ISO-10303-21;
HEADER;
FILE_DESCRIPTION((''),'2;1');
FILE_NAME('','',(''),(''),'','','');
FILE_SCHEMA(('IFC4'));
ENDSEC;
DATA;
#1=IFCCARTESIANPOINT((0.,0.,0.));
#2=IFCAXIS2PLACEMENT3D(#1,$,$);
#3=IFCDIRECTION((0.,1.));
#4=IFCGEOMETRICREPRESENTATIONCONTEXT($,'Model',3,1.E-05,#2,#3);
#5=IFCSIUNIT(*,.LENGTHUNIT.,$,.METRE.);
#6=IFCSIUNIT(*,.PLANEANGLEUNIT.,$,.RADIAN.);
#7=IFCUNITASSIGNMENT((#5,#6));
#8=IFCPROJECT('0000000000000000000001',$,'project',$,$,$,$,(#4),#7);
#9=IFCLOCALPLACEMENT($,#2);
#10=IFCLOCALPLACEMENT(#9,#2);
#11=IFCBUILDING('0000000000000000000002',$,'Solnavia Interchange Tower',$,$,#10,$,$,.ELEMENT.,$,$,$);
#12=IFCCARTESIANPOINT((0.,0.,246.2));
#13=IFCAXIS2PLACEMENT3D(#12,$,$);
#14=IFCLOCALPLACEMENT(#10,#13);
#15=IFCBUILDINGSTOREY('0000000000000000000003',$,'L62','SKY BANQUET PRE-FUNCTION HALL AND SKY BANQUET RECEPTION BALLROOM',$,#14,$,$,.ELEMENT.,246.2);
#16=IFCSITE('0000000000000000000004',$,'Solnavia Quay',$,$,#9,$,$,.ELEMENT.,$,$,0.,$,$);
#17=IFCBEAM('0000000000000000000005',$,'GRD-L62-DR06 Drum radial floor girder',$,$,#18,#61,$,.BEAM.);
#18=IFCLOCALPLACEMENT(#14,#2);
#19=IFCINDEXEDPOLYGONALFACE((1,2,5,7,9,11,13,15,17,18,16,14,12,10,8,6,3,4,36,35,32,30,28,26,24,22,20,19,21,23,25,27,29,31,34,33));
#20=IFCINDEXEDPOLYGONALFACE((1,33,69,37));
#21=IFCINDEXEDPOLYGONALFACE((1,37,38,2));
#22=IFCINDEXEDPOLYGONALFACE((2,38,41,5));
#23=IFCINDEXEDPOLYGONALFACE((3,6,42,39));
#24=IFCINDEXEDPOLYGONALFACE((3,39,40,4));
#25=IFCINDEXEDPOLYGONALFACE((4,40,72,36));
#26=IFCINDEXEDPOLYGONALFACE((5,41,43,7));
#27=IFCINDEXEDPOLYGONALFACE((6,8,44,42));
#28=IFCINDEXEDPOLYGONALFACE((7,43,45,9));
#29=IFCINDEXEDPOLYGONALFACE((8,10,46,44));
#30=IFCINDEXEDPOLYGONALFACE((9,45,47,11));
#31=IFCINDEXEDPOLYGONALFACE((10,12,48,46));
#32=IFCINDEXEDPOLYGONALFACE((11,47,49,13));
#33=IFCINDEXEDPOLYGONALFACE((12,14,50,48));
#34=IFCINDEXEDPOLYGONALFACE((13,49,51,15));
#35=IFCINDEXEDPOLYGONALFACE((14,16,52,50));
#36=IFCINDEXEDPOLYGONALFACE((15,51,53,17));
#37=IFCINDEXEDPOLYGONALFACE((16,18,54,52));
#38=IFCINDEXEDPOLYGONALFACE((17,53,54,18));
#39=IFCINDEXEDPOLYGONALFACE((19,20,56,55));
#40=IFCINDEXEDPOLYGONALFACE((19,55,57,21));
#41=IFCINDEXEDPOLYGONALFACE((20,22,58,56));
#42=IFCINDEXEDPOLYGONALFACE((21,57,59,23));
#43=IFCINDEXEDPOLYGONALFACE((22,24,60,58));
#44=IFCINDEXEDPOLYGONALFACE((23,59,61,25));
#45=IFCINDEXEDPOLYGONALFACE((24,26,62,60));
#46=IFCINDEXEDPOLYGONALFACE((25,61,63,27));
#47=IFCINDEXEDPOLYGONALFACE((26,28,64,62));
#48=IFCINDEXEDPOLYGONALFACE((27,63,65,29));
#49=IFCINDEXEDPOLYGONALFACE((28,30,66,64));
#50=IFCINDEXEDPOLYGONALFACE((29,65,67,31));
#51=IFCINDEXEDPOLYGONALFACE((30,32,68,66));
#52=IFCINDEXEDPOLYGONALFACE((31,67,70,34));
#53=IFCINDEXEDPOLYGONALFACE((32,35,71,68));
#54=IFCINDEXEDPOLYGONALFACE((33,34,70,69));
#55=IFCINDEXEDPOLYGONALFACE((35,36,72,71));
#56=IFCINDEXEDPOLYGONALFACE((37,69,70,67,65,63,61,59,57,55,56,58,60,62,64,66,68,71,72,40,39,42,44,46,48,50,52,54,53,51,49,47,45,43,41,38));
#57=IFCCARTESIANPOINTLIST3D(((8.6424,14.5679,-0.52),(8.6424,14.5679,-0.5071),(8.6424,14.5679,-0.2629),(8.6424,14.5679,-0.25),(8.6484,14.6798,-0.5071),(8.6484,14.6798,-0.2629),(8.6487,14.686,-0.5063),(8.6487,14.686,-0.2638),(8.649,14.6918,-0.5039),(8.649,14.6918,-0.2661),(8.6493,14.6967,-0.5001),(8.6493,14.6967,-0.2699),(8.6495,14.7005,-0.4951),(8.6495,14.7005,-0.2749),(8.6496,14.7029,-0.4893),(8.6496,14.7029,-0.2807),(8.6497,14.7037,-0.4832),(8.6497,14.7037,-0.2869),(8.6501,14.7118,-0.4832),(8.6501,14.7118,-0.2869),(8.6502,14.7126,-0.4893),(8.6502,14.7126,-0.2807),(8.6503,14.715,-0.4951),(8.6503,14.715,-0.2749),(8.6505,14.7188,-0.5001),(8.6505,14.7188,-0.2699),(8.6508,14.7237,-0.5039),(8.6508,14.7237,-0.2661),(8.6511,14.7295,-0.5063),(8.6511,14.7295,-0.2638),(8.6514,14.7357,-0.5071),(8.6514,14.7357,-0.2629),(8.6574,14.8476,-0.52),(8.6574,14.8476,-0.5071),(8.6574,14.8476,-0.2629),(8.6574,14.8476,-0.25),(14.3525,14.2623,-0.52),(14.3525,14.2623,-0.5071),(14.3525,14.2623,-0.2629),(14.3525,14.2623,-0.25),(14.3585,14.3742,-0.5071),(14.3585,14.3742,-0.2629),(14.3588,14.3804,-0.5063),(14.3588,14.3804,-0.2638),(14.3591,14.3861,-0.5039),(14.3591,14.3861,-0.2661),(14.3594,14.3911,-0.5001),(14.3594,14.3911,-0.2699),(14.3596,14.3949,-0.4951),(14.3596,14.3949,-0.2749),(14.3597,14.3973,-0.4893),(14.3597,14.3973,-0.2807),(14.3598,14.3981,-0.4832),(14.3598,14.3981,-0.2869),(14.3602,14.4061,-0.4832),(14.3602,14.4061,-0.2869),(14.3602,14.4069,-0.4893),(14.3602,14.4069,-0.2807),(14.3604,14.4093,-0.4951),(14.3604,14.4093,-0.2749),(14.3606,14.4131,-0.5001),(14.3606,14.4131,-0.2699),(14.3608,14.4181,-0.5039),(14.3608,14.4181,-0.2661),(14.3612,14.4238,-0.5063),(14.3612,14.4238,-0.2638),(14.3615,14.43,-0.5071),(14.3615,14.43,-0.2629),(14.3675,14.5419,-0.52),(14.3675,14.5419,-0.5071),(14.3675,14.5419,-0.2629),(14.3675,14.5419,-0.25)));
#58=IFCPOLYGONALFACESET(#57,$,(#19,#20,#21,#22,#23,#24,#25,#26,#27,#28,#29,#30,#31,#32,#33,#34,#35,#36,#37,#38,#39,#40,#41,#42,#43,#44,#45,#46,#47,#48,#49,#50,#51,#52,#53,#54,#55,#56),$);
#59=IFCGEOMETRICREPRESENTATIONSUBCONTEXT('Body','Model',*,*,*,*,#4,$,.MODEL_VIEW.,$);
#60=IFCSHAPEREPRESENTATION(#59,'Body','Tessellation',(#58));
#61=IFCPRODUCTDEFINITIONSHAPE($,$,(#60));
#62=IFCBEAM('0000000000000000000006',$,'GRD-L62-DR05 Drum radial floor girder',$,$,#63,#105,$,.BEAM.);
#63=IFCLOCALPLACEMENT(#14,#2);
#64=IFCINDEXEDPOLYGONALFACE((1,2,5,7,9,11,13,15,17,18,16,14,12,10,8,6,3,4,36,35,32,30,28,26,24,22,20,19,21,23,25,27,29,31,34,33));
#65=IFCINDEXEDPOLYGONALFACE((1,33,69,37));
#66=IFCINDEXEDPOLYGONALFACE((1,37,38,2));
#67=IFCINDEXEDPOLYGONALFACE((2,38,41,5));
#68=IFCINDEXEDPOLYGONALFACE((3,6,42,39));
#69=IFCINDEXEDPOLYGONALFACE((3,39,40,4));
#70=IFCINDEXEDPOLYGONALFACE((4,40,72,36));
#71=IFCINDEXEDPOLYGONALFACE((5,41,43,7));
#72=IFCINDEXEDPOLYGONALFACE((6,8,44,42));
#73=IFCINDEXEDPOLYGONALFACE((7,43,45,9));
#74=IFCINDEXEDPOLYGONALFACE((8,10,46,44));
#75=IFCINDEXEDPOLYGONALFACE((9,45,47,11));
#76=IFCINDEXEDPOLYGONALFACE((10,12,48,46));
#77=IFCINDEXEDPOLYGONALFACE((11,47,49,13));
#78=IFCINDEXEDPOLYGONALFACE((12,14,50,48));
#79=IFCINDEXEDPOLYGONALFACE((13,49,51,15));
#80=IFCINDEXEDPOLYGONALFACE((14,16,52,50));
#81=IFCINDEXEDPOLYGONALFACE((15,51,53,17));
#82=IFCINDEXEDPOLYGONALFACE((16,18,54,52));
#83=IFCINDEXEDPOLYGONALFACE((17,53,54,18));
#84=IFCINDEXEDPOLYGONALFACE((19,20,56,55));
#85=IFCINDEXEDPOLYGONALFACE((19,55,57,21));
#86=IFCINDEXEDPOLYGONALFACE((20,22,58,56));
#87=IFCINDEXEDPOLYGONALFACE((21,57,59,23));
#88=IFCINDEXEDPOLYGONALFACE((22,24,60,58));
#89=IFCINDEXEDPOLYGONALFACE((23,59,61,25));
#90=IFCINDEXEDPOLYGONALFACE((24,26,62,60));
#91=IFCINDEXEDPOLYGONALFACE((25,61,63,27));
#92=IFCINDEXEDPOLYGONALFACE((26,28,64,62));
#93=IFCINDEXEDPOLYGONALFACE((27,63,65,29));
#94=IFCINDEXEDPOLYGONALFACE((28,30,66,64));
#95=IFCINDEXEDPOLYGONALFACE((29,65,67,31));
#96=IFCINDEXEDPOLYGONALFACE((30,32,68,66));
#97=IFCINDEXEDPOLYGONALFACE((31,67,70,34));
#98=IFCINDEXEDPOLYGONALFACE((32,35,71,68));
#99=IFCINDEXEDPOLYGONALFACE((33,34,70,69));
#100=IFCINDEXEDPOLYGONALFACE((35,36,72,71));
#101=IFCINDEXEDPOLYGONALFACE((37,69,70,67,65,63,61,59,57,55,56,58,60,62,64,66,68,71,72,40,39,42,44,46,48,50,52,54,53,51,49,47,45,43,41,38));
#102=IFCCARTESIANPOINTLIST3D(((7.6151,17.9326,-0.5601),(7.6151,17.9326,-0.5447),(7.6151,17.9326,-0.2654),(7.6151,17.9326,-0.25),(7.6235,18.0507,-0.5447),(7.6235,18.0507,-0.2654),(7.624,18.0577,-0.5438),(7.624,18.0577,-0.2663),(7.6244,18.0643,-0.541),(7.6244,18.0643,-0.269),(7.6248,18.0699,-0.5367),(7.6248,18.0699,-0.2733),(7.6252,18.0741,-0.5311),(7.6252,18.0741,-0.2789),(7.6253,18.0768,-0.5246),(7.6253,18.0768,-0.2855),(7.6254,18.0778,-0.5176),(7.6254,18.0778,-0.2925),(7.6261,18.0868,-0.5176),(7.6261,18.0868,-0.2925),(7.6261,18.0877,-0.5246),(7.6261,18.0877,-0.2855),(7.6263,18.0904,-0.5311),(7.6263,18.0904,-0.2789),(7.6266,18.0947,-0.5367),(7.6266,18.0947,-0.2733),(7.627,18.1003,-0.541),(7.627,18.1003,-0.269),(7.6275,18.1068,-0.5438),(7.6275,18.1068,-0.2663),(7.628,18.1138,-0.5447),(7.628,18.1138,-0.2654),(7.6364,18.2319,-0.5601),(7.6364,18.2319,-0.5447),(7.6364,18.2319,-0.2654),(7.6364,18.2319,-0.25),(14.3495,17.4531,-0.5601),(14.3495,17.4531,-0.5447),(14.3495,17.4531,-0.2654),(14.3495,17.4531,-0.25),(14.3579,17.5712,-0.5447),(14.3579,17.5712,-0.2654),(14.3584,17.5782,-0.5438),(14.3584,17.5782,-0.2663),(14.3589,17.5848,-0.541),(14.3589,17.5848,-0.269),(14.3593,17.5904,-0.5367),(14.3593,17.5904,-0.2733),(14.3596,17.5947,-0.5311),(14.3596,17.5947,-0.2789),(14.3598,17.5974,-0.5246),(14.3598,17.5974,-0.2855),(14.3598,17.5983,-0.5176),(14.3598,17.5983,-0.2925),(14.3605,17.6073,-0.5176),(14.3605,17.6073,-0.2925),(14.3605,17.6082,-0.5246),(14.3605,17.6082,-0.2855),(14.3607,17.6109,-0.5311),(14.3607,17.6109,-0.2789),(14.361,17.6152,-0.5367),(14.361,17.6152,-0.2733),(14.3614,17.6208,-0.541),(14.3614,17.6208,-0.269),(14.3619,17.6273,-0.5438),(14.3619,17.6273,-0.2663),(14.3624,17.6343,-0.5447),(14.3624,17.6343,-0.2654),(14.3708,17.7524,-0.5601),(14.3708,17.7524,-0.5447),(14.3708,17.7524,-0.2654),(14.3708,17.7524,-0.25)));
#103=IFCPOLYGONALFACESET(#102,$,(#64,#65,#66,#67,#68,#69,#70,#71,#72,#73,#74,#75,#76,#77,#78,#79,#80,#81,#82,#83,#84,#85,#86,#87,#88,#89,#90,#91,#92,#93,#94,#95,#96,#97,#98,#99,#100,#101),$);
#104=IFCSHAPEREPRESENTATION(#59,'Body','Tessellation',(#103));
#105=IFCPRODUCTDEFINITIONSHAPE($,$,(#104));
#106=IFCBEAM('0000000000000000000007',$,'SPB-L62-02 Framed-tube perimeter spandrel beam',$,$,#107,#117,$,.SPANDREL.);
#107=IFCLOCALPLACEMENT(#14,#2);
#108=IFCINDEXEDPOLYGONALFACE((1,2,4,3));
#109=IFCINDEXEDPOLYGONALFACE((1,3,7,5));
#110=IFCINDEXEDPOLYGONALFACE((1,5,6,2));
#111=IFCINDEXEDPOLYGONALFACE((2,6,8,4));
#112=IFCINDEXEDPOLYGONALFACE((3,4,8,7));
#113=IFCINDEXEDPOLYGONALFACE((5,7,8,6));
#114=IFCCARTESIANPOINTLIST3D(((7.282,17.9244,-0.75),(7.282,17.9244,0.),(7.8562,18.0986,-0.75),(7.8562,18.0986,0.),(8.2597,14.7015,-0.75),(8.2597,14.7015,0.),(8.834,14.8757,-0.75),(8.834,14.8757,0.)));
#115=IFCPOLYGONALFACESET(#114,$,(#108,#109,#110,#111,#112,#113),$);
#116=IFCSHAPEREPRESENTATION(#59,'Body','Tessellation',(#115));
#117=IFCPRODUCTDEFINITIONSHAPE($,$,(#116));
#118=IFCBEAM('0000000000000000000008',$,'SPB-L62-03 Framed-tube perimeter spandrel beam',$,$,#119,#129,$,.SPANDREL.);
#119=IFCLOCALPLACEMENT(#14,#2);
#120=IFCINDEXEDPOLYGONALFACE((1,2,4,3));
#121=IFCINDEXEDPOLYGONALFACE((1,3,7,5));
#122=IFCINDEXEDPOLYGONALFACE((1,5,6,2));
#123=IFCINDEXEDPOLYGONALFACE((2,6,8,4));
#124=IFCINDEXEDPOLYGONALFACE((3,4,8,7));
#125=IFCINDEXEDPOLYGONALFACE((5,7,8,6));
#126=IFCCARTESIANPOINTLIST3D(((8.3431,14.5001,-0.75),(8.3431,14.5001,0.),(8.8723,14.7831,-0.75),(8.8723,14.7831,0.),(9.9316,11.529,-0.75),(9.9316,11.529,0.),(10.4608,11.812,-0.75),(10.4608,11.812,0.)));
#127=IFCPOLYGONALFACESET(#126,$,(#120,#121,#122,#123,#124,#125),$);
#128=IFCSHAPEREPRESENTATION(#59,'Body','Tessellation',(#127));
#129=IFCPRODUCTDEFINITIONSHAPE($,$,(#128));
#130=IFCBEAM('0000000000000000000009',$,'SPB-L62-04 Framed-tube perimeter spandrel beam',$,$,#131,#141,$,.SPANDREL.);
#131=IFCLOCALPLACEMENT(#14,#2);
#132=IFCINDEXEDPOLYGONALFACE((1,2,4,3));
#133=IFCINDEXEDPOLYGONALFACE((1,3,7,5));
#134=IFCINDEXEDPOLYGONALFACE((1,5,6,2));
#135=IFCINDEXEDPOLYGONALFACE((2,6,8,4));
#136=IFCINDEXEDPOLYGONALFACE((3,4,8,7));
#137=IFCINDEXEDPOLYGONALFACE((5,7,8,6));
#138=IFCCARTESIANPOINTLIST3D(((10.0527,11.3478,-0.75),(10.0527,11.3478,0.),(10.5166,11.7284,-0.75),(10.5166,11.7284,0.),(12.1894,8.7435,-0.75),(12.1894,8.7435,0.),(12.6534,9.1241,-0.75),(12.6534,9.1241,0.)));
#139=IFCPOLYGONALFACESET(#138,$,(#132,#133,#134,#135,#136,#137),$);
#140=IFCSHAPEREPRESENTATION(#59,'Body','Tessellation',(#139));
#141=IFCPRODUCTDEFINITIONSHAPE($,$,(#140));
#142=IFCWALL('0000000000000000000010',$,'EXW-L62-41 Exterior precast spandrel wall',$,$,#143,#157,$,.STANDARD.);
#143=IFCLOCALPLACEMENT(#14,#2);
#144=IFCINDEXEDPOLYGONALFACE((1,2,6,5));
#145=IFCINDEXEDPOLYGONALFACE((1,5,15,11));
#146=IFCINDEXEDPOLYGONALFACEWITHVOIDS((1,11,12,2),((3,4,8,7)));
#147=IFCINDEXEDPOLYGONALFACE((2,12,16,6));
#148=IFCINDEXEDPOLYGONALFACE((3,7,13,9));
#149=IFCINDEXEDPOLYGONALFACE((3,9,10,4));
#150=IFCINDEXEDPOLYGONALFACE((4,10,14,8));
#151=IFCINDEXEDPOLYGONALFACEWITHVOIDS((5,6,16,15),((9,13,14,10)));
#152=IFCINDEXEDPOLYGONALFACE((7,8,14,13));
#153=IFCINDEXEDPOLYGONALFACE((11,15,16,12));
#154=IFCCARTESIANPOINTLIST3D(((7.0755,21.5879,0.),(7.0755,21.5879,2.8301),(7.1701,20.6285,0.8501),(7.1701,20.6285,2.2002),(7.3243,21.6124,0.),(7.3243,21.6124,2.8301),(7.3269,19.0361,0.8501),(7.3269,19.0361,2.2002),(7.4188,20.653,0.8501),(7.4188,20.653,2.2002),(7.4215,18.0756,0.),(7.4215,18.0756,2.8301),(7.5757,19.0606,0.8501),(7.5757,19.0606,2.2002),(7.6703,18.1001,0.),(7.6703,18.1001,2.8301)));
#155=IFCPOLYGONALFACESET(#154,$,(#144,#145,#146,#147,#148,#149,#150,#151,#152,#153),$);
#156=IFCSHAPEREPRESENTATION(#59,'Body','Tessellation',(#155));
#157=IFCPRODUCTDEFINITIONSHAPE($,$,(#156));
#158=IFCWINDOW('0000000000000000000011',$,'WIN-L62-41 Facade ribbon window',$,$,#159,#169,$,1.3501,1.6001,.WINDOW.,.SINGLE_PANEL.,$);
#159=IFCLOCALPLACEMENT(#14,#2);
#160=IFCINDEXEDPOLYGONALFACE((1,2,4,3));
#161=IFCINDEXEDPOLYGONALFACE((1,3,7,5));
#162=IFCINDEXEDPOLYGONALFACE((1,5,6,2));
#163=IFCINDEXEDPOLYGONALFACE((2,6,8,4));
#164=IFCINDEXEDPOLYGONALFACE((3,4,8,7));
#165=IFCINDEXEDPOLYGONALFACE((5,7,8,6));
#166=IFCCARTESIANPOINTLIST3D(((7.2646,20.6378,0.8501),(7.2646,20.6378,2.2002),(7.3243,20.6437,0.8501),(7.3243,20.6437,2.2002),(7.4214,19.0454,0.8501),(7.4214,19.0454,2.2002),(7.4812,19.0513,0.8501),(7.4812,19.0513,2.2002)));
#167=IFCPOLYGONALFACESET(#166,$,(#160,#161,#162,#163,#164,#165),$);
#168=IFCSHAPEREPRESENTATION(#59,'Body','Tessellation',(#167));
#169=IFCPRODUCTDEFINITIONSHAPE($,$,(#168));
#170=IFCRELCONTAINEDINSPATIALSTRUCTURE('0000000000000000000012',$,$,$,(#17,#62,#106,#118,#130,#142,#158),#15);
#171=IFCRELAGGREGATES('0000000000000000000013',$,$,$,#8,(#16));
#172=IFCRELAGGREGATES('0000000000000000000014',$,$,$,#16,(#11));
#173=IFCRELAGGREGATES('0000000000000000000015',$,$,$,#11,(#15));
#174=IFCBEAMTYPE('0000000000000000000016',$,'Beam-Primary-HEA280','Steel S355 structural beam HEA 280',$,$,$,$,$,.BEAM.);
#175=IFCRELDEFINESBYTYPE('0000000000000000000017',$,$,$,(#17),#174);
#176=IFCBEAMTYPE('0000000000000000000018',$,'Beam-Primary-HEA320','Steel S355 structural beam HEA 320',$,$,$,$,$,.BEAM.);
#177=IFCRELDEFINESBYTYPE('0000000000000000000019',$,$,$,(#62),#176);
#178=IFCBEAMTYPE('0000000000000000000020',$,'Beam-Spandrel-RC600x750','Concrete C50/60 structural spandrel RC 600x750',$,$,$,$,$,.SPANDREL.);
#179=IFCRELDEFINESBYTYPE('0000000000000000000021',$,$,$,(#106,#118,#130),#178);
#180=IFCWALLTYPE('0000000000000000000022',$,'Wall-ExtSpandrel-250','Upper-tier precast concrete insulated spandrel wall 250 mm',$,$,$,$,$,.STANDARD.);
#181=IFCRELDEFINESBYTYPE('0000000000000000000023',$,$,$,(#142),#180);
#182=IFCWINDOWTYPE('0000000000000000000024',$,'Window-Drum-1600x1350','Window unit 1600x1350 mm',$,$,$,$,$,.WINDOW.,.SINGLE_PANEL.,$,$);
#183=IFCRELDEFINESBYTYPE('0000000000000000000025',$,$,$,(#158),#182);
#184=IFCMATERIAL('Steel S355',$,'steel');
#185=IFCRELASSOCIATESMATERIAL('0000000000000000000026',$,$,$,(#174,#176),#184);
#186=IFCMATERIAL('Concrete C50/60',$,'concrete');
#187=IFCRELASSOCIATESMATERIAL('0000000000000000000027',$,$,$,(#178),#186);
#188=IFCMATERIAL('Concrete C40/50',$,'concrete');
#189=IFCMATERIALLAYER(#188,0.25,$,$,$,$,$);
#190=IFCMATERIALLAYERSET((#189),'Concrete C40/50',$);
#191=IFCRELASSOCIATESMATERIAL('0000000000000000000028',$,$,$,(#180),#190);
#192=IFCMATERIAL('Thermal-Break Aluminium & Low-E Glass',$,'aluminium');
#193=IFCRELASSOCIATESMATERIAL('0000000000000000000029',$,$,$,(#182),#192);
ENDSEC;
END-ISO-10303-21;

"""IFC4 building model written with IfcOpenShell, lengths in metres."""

from ifc_helpers import new_model, si_unit, direction, frame, frame_2d, origin, origin_2d, place, context, subcontext, project, spatial, rectangle, i_section, extrude, material, layer, layer_set, material_profile, profile_set, type_object, element, fill, save


model = new_model("IFC4")

# Units and contexts
model_context = context("Model", 3, precision=1e-05, world=origin(), true_north=direction((0.0, 1.0)))
body_context = subcontext(model_context, "Body", "Model", "MODEL_VIEW")
ifc_project = project(units=[si_unit("LENGTHUNIT", "METRE"), si_unit("PLANEANGLEUNIT", "RADIAN")], contexts=[model_context])

# Site, building, storey
site_placement = place(None, origin())
site = spatial("IfcSite", under=ifc_project, at=site_placement, Name="Solnavia Quay", CompositionType="ELEMENT", RefElevation=0.0)
building_placement = place(site_placement, origin())
building = spatial("IfcBuilding", under=site, at=building_placement, Name="Solnavia Interchange Tower", CompositionType="ELEMENT")
storey_placement = place(building_placement, frame((0.0, 0.0, 246.2)))
storey = spatial("IfcBuildingStorey", under=building, at=storey_placement, Name="L62", Description="SKY BANQUET PRE-FUNCTION HALL AND SKY BANQUET RECEPTION BALLROOM", CompositionType="ELEMENT", Elevation=246.2)

# Shared definitions
ifc_material_1 = material(Name="Concrete C50/60", Category="concrete")

# Beams
ifc_material_2 = material(Name="Steel S355", Category="steel")
ifc_material_profile_1 = material_profile(ifc_material_2, i_section(OverallWidth=0.28, OverallDepth=0.27, WebThickness=0.0081, FlangeThickness=0.0129, FilletRadius=0.0239, at=origin_2d()), Name="HEA 280")
ifc_profile_set_1 = profile_set([ifc_material_profile_1], Name="Steel S355")
beam_type_1 = type_object("IfcBeamType", Name="Beam-Primary-HEA280", Description="Steel S355 structural beam HEA 280", PredefinedType="BEAM", material=ifc_profile_set_1)
beam_1_placement = place(storey_placement, frame((8.6499, 14.7078, -0.385), z_axis=(0.99857, -0.053453, 0.0), x_axis=(0.053453, 0.99857, 0.0)))
element("IfcBeam", 1, at=beam_1_placement, inside=storey, type_object=beam_type_1, Name="GRD-L62-DR06 Drum radial floor girder", PredefinedType="BEAM", context=body_context, shape_type="SweptSolid", body=[
    extrude(i_section(OverallWidth=0.28, OverallDepth=0.27, WebThickness=0.0081, FlangeThickness=0.0129, FilletRadius=0.0239, at=origin_2d()), origin(), (0.0, 0.0, 1.0), 5.7183),
])
ifc_material_profile_2 = material_profile(ifc_material_2, i_section(OverallWidth=0.3, OverallDepth=0.3101, WebThickness=0.009, FlangeThickness=0.0154, FilletRadius=0.0271, at=origin_2d()), Name="HEA 320")
ifc_profile_set_2 = profile_set([ifc_material_profile_2], Name="Steel S355")
beam_type_2 = type_object("IfcBeamType", Name="Beam-Primary-HEA320", Description="Steel S355 structural beam HEA 320", PredefinedType="BEAM", material=ifc_profile_set_2)
beam_2_placement = place(storey_placement, frame((7.6257, 18.0823, -0.405), z_axis=(0.997475, -0.071021, 0.0), x_axis=(0.071021, 0.997475, 0.0)))
element("IfcBeam", 2, at=beam_2_placement, inside=storey, type_object=beam_type_2, Name="GRD-L62-DR05 Drum radial floor girder", PredefinedType="BEAM", context=body_context, shape_type="SweptSolid", body=[
    extrude(i_section(OverallWidth=0.3, OverallDepth=0.3101, WebThickness=0.009, FlangeThickness=0.0154, FilletRadius=0.0271, at=origin_2d()), origin(), (0.0, 0.0, 1.0), 6.7515),
])
ifc_material_profile_3 = material_profile(ifc_material_1, rectangle(XDim=0.6001, YDim=0.75, at=origin_2d()), Name="RC 600x750")
ifc_profile_set_3 = profile_set([ifc_material_profile_3], Name="Concrete C50/60")
beam_type_3 = type_object("IfcBeamType", Name="Beam-Spandrel-RC600x750", Description="Concrete C50/60 structural spandrel RC 600x750", PredefinedType="SPANDREL", material=ifc_profile_set_3)
beam_3_placement = place(storey_placement, frame((7.5691, 18.0115, -0.375), z_axis=(0.290319, -0.95693, 0.0), x_axis=(0.95693, 0.290319, 0.0)))
element("IfcBeam", 3, at=beam_3_placement, inside=storey, type_object=beam_type_3, Name="SPB-L62-02 Framed-tube perimeter spandrel beam", PredefinedType="SPANDREL", context=body_context, shape_type="SweptSolid", body=[
    extrude(rectangle(XDim=0.6001, YDim=0.75, at=origin_2d()), origin(), (0.0, 0.0, 1.0), 3.3679),
])
beam_4_placement = place(storey_placement, frame((8.6077, 14.6416, -0.375), z_axis=(0.471509, -0.881861, 0.0), x_axis=(0.881861, 0.471509, 0.0)))
element("IfcBeam", 4, at=beam_4_placement, inside=storey, type_object=beam_type_3, Name="SPB-L62-03 Framed-tube perimeter spandrel beam", PredefinedType="SPANDREL", context=body_context, shape_type="SweptSolid", body=[
    extrude(rectangle(XDim=0.6001, YDim=0.75, at=origin_2d()), origin(), (0.0, 0.0, 1.0), 3.3691),
])
beam_5_placement = place(storey_placement, frame((10.2847, 11.5381, -0.375), z_axis=(0.634299, -0.773088, 0.0), x_axis=(0.773088, 0.634299, 0.0)))
element("IfcBeam", 5, at=beam_5_placement, inside=storey, type_object=beam_type_3, Name="SPB-L62-04 Framed-tube perimeter spandrel beam", PredefinedType="SPANDREL", context=body_context, shape_type="SweptSolid", body=[
    extrude(rectangle(XDim=0.6001, YDim=0.75, at=origin_2d()), origin(), (0.0, 0.0, 1.0), 3.3687),
])

# Wall, opening, window
ifc_material_3 = material(Name="Concrete C40/50", Category="concrete")
ifc_layer_1 = layer(ifc_material_3, 0.25)
ifc_layer_set_1 = layer_set([ifc_layer_1], Name="Concrete C40/50")
wall_type_1 = type_object("IfcWallType", Name="Wall-ExtSpandrel-250", Description="Upper-tier precast concrete insulated spandrel wall 250 mm", PredefinedType="STANDARD", material=ifc_layer_set_1)
wall_1_placement = place(storey_placement, frame((7.5459, 18.0879, 0.0), z_axis=(0.0, 0.0, 1.0), x_axis=(-0.098024, 0.995184, 0.0)))
wall_1 = element("IfcWall", 6, at=wall_1_placement, inside=storey, type_object=wall_type_1, Name="EXW-L62-41 Exterior precast spandrel wall", PredefinedType="STANDARD", context=body_context, shape_type="SweptSolid", body=[
    extrude(rectangle(XDim=3.5293, YDim=0.25, at=frame_2d((1.7646, 0.0))), origin(), (0.0, 0.0, 1.0), 2.8301),
])
opening_1_placement = place(wall_1_placement, frame((0.9651, 0.0, 0.8501)))
opening_1 = element("IfcOpeningElement", 7, at=opening_1_placement, cuts=wall_1, PredefinedType="OPENING", context=body_context, shape_type="SweptSolid", body=[
    extrude(rectangle(XDim=1.6001, YDim=1.3501, at=frame_2d((0.8, 0.675))), frame((0.0, 0.135, 0.0), z_axis=(0.0, -1.0, 0.0), x_axis=(1.0, 0.0, 0.0)), (0.0, 0.0, 1.0), 0.27),
])
ifc_material_4 = material(Name="Thermal-Break Aluminium & Low-E Glass", Category="aluminium")
window_type = type_object("IfcWindowType", Name="Window-Drum-1600x1350", Description="Window unit 1600x1350 mm", PartitioningType="SINGLE_PANEL", PredefinedType="WINDOW", material=ifc_material_4)
window_1_placement = place(opening_1_placement, origin())
window_1 = element("IfcWindow", 8, at=window_1_placement, inside=storey, type_object=window_type, Name="WIN-L62-41 Facade ribbon window", OverallHeight=1.3501, OverallWidth=1.6001, PartitioningType="SINGLE_PANEL", PredefinedType="WINDOW", context=body_context, shape_type="SweptSolid", body=[
    extrude(rectangle(XDim=1.6001, YDim=1.3501, at=frame_2d((0.8, 0.675))), frame((0.0, 0.03, 0.0), z_axis=(0.0, -1.0, 0.0), x_axis=(1.0, 0.0, 0.0)), (0.0, 0.0, 1.0), 0.0601),
])
fill(opening_1, window_1)

save(model, "model.ifc")
